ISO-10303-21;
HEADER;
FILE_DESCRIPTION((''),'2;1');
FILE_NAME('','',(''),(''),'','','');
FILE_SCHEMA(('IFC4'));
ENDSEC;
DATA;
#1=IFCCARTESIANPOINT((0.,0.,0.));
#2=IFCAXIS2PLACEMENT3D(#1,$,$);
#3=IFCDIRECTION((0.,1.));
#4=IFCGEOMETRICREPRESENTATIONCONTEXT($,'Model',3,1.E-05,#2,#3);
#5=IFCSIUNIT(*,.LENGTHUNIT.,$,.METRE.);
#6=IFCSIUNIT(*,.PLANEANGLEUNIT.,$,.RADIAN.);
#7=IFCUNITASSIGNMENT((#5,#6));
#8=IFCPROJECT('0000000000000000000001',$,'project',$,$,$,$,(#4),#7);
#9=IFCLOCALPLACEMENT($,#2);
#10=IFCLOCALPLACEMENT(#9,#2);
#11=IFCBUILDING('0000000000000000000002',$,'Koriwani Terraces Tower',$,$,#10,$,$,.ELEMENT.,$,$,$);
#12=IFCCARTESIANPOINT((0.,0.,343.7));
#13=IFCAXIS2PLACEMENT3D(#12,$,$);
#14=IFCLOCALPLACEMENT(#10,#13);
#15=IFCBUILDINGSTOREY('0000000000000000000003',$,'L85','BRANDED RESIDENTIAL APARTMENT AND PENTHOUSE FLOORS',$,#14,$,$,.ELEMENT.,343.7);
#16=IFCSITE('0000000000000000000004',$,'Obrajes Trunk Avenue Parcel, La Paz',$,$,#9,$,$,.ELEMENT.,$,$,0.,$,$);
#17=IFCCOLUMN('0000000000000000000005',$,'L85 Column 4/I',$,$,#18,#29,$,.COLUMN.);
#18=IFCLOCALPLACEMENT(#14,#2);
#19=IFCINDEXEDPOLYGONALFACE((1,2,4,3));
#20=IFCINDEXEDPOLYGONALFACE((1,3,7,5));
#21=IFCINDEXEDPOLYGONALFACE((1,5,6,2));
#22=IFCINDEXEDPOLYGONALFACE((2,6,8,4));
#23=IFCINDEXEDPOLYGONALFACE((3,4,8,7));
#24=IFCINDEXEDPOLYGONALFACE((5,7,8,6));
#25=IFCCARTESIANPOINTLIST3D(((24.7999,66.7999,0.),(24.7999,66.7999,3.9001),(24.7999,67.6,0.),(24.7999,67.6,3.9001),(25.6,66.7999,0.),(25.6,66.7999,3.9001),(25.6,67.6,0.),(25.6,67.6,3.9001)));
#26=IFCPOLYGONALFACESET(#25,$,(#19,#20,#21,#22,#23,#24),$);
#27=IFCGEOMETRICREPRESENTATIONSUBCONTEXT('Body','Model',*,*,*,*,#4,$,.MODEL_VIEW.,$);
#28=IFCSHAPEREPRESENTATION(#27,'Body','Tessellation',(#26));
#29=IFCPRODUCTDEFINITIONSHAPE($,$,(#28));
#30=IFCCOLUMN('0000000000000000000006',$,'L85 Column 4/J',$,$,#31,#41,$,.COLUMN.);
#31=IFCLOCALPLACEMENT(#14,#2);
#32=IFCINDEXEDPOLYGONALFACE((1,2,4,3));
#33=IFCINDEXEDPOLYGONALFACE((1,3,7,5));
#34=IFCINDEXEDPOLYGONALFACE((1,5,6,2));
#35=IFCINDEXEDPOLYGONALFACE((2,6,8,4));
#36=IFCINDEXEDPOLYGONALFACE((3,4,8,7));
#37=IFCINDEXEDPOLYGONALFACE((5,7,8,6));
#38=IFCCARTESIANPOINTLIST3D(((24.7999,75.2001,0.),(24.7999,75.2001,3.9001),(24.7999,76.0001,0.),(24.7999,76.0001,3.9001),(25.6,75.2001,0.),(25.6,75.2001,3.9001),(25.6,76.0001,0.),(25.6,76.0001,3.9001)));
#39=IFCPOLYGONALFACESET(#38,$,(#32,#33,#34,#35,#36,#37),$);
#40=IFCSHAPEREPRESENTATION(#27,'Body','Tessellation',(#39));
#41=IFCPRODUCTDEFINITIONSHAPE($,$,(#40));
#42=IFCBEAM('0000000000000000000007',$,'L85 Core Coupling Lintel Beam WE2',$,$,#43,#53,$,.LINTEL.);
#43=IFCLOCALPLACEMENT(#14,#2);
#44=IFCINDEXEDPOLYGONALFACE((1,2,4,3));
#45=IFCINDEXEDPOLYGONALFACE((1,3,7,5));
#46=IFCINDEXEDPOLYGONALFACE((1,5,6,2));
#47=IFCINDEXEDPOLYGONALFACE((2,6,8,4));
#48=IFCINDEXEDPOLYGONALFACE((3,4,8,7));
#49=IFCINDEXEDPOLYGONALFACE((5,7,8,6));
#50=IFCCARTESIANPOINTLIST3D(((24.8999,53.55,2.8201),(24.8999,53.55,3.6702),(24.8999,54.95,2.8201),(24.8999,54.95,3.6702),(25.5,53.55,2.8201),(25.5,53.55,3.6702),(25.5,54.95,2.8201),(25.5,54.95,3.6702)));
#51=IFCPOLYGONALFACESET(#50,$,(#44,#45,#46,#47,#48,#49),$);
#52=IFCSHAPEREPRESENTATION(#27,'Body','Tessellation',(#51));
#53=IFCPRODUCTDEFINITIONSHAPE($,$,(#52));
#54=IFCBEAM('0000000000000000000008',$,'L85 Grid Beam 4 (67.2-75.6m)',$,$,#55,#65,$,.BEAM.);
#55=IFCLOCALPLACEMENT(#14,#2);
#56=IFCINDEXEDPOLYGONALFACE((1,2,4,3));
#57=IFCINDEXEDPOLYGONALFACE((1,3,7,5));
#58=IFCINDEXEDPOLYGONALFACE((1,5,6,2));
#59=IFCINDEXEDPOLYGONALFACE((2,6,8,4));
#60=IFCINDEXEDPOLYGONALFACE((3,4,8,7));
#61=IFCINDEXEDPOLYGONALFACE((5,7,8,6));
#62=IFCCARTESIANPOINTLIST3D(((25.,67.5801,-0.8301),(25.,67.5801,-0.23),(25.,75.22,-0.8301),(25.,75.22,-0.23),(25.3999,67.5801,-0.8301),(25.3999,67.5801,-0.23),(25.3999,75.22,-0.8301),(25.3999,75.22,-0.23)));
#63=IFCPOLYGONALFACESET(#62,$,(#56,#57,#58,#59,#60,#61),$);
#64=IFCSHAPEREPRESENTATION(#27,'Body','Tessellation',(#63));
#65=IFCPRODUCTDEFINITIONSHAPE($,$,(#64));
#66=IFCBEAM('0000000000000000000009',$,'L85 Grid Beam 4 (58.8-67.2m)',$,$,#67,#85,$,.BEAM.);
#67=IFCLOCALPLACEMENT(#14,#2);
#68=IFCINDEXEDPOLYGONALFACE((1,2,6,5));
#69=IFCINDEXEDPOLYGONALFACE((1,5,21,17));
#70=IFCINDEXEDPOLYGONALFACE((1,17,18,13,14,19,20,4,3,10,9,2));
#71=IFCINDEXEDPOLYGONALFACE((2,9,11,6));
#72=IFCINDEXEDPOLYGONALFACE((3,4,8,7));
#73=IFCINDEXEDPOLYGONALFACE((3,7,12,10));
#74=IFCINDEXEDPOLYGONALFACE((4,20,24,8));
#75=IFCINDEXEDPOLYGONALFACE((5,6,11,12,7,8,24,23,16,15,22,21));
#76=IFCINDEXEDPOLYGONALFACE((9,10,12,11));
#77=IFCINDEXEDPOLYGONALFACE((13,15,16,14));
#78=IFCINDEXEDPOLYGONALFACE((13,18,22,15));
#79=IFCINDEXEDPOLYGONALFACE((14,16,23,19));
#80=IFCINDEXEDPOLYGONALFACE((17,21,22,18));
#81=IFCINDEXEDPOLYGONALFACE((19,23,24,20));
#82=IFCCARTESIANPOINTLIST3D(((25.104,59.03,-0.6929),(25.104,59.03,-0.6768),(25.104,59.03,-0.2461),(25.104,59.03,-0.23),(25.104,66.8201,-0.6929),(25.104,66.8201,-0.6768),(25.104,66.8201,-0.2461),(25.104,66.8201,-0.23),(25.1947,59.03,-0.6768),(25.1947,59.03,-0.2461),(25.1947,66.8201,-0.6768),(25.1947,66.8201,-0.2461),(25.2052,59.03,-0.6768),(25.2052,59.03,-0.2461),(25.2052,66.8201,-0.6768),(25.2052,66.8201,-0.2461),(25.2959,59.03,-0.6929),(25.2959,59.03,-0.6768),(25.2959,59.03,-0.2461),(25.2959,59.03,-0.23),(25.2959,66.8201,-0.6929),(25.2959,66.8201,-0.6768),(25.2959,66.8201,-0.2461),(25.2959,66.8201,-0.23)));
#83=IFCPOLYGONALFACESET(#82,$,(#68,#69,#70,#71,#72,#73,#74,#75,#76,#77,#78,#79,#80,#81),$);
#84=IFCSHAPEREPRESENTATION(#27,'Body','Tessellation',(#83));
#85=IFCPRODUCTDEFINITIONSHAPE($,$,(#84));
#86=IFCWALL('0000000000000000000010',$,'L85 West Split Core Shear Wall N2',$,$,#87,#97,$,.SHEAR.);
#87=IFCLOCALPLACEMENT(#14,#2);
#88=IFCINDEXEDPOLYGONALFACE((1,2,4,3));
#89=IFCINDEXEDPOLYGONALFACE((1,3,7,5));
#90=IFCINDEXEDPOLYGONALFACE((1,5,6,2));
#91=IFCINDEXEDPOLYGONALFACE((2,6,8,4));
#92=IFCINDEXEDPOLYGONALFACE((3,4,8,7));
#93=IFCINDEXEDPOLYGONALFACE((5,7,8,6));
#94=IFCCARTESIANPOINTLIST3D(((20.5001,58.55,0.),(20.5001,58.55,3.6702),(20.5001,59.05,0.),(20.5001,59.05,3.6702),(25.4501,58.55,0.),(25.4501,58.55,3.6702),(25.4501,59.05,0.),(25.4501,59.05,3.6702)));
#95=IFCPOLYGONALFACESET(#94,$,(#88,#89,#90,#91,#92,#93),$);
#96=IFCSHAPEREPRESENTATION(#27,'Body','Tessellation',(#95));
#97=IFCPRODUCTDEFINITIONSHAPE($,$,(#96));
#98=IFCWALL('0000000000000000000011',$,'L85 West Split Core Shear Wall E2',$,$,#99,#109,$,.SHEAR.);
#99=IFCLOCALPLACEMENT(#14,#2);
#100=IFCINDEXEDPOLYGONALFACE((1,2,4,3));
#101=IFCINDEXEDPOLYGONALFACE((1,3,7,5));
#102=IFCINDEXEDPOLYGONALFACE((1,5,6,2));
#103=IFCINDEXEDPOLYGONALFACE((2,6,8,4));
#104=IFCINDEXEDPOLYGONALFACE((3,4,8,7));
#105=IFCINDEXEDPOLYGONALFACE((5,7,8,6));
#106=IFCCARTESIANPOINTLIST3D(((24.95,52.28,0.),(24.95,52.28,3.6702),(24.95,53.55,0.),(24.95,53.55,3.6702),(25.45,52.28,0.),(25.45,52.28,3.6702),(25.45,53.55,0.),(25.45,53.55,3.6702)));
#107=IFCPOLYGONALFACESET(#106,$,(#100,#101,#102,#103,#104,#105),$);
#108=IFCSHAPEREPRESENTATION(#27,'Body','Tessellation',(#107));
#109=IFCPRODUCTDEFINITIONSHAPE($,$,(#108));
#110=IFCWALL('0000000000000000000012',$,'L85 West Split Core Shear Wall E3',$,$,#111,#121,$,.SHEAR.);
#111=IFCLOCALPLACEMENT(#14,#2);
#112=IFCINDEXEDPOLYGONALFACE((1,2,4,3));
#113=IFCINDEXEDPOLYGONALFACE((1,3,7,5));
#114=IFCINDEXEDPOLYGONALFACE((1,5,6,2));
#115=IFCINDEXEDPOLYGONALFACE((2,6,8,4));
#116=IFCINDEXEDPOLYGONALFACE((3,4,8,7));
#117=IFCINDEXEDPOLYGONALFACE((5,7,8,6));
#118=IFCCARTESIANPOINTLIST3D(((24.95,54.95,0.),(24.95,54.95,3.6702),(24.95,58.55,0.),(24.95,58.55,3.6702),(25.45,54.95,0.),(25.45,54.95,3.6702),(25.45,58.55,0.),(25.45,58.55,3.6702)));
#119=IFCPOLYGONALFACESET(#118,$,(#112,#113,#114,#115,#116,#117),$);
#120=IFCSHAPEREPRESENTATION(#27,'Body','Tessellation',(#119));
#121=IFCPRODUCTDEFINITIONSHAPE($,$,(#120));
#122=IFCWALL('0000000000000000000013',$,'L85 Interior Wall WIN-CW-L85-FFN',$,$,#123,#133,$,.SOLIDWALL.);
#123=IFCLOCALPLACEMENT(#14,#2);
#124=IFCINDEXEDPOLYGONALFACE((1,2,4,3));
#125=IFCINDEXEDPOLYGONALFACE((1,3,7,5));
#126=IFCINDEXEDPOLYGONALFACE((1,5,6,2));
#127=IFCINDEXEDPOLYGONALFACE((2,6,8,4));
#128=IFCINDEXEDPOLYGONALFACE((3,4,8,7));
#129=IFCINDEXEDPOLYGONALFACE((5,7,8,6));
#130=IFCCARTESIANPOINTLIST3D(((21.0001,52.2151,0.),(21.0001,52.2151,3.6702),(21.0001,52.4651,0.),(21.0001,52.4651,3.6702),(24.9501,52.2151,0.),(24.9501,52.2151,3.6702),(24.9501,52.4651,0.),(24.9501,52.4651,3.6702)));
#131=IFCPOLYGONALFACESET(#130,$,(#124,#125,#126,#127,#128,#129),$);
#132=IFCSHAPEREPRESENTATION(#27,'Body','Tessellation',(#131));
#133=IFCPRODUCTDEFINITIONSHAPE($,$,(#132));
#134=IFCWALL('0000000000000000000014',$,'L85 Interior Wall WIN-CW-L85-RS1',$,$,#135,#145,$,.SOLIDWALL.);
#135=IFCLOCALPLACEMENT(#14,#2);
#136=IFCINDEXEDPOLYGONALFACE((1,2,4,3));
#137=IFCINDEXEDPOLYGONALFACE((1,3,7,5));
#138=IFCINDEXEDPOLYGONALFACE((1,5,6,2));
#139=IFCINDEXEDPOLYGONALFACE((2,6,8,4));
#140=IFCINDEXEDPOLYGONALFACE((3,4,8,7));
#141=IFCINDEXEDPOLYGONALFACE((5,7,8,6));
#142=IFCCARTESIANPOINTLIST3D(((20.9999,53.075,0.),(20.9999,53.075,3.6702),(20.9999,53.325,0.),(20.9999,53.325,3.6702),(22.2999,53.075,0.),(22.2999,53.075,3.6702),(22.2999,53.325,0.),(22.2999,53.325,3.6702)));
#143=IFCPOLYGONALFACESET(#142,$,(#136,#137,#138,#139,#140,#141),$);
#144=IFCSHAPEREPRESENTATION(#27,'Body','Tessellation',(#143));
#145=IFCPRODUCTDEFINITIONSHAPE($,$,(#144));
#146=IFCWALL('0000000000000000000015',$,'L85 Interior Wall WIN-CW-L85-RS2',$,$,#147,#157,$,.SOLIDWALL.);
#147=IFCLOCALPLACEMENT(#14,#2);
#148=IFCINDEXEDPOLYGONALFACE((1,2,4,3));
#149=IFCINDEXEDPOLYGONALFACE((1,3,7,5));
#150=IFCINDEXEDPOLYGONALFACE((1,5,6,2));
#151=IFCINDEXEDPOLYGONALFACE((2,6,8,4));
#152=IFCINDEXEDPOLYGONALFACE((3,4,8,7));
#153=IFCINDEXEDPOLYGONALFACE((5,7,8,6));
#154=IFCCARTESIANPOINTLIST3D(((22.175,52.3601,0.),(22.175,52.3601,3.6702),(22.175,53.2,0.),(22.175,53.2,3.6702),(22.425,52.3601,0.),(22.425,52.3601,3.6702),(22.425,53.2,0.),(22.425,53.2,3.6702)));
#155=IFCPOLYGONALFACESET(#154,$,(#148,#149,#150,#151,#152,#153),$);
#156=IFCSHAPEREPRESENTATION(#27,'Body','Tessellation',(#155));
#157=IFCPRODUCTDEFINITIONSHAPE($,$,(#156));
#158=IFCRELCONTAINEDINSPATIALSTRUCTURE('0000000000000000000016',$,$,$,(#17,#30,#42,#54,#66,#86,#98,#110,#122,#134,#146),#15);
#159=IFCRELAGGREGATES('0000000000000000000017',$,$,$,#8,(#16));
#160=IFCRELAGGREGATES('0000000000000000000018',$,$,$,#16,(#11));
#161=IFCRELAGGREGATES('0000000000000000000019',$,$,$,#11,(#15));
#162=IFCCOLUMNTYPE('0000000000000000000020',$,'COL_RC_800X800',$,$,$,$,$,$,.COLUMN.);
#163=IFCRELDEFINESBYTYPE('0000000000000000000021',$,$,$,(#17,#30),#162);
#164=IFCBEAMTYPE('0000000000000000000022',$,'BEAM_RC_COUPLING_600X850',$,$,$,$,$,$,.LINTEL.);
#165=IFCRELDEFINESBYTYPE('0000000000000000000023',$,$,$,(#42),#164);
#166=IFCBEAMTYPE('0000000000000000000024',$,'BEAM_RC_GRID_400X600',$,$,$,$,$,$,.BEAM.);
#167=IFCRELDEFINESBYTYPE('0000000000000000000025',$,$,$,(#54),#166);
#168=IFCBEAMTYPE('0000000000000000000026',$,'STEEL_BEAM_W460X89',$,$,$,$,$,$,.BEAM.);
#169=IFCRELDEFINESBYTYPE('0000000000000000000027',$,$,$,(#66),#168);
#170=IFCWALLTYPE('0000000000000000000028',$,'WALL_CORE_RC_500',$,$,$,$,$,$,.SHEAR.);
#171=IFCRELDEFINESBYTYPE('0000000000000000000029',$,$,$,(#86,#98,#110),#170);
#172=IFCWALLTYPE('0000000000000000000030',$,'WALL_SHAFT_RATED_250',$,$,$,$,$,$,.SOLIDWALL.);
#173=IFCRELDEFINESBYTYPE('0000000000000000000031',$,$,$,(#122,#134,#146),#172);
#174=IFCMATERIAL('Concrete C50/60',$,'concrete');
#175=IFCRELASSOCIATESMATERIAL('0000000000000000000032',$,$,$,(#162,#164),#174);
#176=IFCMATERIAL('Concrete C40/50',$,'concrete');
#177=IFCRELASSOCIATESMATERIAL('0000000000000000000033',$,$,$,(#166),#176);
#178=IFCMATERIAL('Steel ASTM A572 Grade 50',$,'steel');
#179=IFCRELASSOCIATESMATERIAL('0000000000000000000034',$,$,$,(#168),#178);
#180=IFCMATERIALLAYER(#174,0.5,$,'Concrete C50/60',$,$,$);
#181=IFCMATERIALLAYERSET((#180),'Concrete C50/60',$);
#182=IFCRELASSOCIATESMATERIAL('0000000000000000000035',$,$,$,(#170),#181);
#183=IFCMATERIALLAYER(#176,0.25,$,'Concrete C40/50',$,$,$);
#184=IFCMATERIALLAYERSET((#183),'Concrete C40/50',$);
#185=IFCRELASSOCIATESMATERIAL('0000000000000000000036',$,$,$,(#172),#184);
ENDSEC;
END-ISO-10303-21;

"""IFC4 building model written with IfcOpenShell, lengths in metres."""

from ifc_helpers import new_model, si_unit, direction, frame, frame_2d, origin, origin_2d, place, context, subcontext, project, spatial, rectangle, i_section, extrude, material, layer, layer_set, material_profile, profile_set, type_object, element, save


model = new_model("IFC4")

# Units and contexts
model_context = context("Model", 3, precision=1e-05, world=origin(), true_north=direction((0.0, 1.0)))
body_context = subcontext(model_context, "Body", "Model", "MODEL_VIEW")
ifc_project = project(units=[si_unit("LENGTHUNIT", "METRE"), si_unit("PLANEANGLEUNIT", "RADIAN")], contexts=[model_context])

# Site, building, storey
site_placement = place(None, origin())
site = spatial("IfcSite", under=ifc_project, at=site_placement, Name="Obrajes Trunk Avenue Parcel, La Paz", CompositionType="ELEMENT", RefElevation=0.0)
building_placement = place(site_placement, origin())
building = spatial("IfcBuilding", under=site, at=building_placement, Name="Koriwani Terraces Tower", CompositionType="ELEMENT")
storey_placement = place(building_placement, frame((0.0, 0.0, 343.7)))
storey = spatial("IfcBuildingStorey", under=building, at=storey_placement, Name="L85", Description="BRANDED RESIDENTIAL APARTMENT AND PENTHOUSE FLOORS", CompositionType="ELEMENT", Elevation=343.7)

# Columns
ifc_material_1 = material(Name="Concrete C50/60", Category="concrete")
ifc_material_profile_1 = material_profile(ifc_material_1, rectangle(XDim=0.8, YDim=0.8, at=origin_2d()), Name="Concrete C50/60", Category="LoadBearing")
ifc_profile_set_1 = profile_set([ifc_material_profile_1], Name="Concrete C50/60")
column_type = type_object("IfcColumnType", Name="COL_RC_800X800", PredefinedType="COLUMN", material=ifc_profile_set_1)
for number, where, z_axis, x_axis, name in (
    (1, (25.2, 67.2, 0.0), (0.0, 0.0, 1.0), (1.0, 0.0, 0.0), "L85 Column 4/I"),
    (2, (25.2, 75.6001, 0.0), (0.0, 0.0, 1.0), (1.0, 0.0, 0.0), "L85 Column 4/J"),
):
    element("IfcColumn", number, at=place(storey_placement, frame(where, z_axis=z_axis, x_axis=x_axis)), inside=storey, type_object=column_type, Name=name, PredefinedType="COLUMN", context=body_context, shape_type="SweptSolid", body=[
        extrude(rectangle(XDim=0.8, YDim=0.8, at=origin_2d()), origin(), (0.0, 0.0, 1.0), 3.9001),
    ])

# Beams
ifc_material_profile_2 = material_profile(ifc_material_1, rectangle(XDim=0.6001, YDim=0.8501, at=origin_2d()), Name="Concrete C50/60", Category="LoadBearing")
ifc_profile_set_2 = profile_set([ifc_material_profile_2], Name="Concrete C50/60")
beam_type_1 = type_object("IfcBeamType", Name="BEAM_RC_COUPLING_600X850", PredefinedType="LINTEL", material=ifc_profile_set_2)
beam_1_placement = place(storey_placement, frame((25.2, 53.55, 3.2451), z_axis=(0.0, 1.0, 0.0), x_axis=(-1.0, 0.0, 0.0)))
element("IfcBeam", 3, at=beam_1_placement, inside=storey, type_object=beam_type_1, Name="L85 Core Coupling Lintel Beam WE2", PredefinedType="LINTEL", context=body_context, shape_type="SweptSolid", body=[
    extrude(rectangle(XDim=0.6001, YDim=0.8501, at=origin_2d()), origin(), (0.0, 0.0, 1.0), 1.3999),
])
ifc_material_2 = material(Name="Concrete C40/50", Category="concrete")
ifc_material_profile_3 = material_profile(ifc_material_2, rectangle(XDim=0.3999, YDim=0.6001, at=origin_2d()), Name="Concrete C40/50", Category="LoadBearing")
ifc_profile_set_3 = profile_set([ifc_material_profile_3], Name="Concrete C40/50")
beam_type_2 = type_object("IfcBeamType", Name="BEAM_RC_GRID_400X600", PredefinedType="BEAM", material=ifc_profile_set_3)
beam_2_placement = place(storey_placement, frame((25.2, 67.5801, -0.53), z_axis=(0.0, 1.0, 0.0), x_axis=(-1.0, 0.0, 0.0)))
element("IfcBeam", 4, at=beam_2_placement, inside=storey, type_object=beam_type_2, Name="L85 Grid Beam 4 (67.2-75.6m)", PredefinedType="BEAM", context=body_context, shape_type="SweptSolid", body=[
    extrude(rectangle(XDim=0.3999, YDim=0.6001, at=origin_2d()), origin(), (0.0, 0.0, 1.0), 7.6399),
])
ifc_material_3 = material(Name="Steel ASTM A572 Grade 50", Category="steel")
ifc_material_profile_4 = material_profile(ifc_material_3, i_section(OverallWidth=0.1919, OverallDepth=0.4629, WebThickness=0.0105, FlangeThickness=0.0161, at=origin_2d()), Name="Steel ASTM A572 Grade 50", Category="LoadBearing")
ifc_profile_set_4 = profile_set([ifc_material_profile_4], Name="Steel ASTM A572 Grade 50")
beam_type_3 = type_object("IfcBeamType", Name="STEEL_BEAM_W460X89", PredefinedType="BEAM", material=ifc_profile_set_4)
beam_3_placement = place(storey_placement, frame((25.2, 59.03, -0.4614), z_axis=(0.0, 1.0, 0.0), x_axis=(-1.0, 0.0, 0.0)))
element("IfcBeam", 5, at=beam_3_placement, inside=storey, type_object=beam_type_3, Name="L85 Grid Beam 4 (58.8-67.2m)", PredefinedType="BEAM", context=body_context, shape_type="SweptSolid", body=[
    extrude(i_section(OverallWidth=0.1919, OverallDepth=0.4629, WebThickness=0.0105, FlangeThickness=0.0161, at=origin_2d()), origin(), (0.0, 0.0, 1.0), 7.79),
])

# Walls
ifc_layer_1 = layer(ifc_material_1, 0.5, Name="Concrete C50/60")
ifc_layer_set_1 = layer_set([ifc_layer_1], Name="Concrete C50/60")
wall_type_1 = type_object("IfcWallType", Name="WALL_CORE_RC_500", PredefinedType="SHEAR", material=ifc_layer_set_1)
wall_1_placement = place(storey_placement, frame((20.5, 58.8, 0.0), z_axis=(0.0, 0.0, 1.0), x_axis=(1.0, 0.0, 0.0)))
element("IfcWall", 6, at=wall_1_placement, inside=storey, type_object=wall_type_1, Name="L85 West Split Core Shear Wall N2", PredefinedType="SHEAR", context=body_context, shape_type="SweptSolid", body=[
    extrude(rectangle(XDim=4.95, YDim=0.5, at=frame_2d((2.4751, 0.0))), origin(), (0.0, 0.0, 1.0), 3.6702),
])
wall_2_placement = place(storey_placement, frame((25.2, 52.28, 0.0), z_axis=(0.0, 0.0, 1.0), x_axis=(0.0, 1.0, 0.0)))
element("IfcWall", 7, at=wall_2_placement, inside=storey, type_object=wall_type_1, Name="L85 West Split Core Shear Wall E2", PredefinedType="SHEAR", context=body_context, shape_type="SweptSolid", body=[
    extrude(rectangle(XDim=1.27, YDim=0.5, at=frame_2d((0.635, 0.0))), origin(), (0.0, 0.0, 1.0), 3.6702),
])
wall_3_placement = place(storey_placement, frame((25.2, 54.95, 0.0), z_axis=(0.0, 0.0, 1.0), x_axis=(0.0, 1.0, 0.0)))
element("IfcWall", 8, at=wall_3_placement, inside=storey, type_object=wall_type_1, Name="L85 West Split Core Shear Wall E3", PredefinedType="SHEAR", context=body_context, shape_type="SweptSolid", body=[
    extrude(rectangle(XDim=3.6001, YDim=0.5, at=frame_2d((1.8, 0.0))), origin(), (0.0, 0.0, 1.0), 3.6702),
])

# Shared definitions
ifc_layer_2 = layer(ifc_material_2, 0.25, Name="Concrete C40/50")
ifc_layer_set_2 = layer_set([ifc_layer_2], Name="Concrete C40/50")
wall_type_2 = type_object("IfcWallType", Name="WALL_SHAFT_RATED_250", PredefinedType="SOLIDWALL", material=ifc_layer_set_2)

# Wall
wall_4_placement = place(storey_placement, frame((21.0, 52.3401, 0.0), z_axis=(0.0, 0.0, 1.0), x_axis=(1.0, 0.0, 0.0)))
element("IfcWall", 9, at=wall_4_placement, inside=storey, type_object=wall_type_2, Name="L85 Interior Wall WIN-CW-L85-FFN", PredefinedType="SOLIDWALL", context=body_context, shape_type="SweptSolid", body=[
    extrude(rectangle(XDim=3.95, YDim=0.25, at=frame_2d((1.9751, 0.0))), origin(), (0.0, 0.0, 1.0), 3.6702),
])

# Walls
wall_5_placement = place(storey_placement, frame((21.0, 53.2, 0.0), z_axis=(0.0, 0.0, 1.0), x_axis=(1.0, 0.0, 0.0)))
element("IfcWall", 10, at=wall_5_placement, inside=storey, type_object=wall_type_2, Name="L85 Interior Wall WIN-CW-L85-RS1", PredefinedType="SOLIDWALL", context=body_context, shape_type="SweptSolid", body=[
    extrude(rectangle(XDim=1.3, YDim=0.25, at=frame_2d((0.6499, 0.0))), origin(), (0.0, 0.0, 1.0), 3.6702),
])
wall_6_placement = place(storey_placement, frame((22.3, 52.3601, 0.0), z_axis=(0.0, 0.0, 1.0), x_axis=(0.0, 1.0, 0.0)))
element("IfcWall", 11, at=wall_6_placement, inside=storey, type_object=wall_type_2, Name="L85 Interior Wall WIN-CW-L85-RS2", PredefinedType="SOLIDWALL", context=body_context, shape_type="SweptSolid", body=[
    extrude(rectangle(XDim=0.8398, YDim=0.25, at=frame_2d((0.4199, 0.0))), origin(), (0.0, 0.0, 1.0), 3.6702),
])

save(model, "model.ifc")
